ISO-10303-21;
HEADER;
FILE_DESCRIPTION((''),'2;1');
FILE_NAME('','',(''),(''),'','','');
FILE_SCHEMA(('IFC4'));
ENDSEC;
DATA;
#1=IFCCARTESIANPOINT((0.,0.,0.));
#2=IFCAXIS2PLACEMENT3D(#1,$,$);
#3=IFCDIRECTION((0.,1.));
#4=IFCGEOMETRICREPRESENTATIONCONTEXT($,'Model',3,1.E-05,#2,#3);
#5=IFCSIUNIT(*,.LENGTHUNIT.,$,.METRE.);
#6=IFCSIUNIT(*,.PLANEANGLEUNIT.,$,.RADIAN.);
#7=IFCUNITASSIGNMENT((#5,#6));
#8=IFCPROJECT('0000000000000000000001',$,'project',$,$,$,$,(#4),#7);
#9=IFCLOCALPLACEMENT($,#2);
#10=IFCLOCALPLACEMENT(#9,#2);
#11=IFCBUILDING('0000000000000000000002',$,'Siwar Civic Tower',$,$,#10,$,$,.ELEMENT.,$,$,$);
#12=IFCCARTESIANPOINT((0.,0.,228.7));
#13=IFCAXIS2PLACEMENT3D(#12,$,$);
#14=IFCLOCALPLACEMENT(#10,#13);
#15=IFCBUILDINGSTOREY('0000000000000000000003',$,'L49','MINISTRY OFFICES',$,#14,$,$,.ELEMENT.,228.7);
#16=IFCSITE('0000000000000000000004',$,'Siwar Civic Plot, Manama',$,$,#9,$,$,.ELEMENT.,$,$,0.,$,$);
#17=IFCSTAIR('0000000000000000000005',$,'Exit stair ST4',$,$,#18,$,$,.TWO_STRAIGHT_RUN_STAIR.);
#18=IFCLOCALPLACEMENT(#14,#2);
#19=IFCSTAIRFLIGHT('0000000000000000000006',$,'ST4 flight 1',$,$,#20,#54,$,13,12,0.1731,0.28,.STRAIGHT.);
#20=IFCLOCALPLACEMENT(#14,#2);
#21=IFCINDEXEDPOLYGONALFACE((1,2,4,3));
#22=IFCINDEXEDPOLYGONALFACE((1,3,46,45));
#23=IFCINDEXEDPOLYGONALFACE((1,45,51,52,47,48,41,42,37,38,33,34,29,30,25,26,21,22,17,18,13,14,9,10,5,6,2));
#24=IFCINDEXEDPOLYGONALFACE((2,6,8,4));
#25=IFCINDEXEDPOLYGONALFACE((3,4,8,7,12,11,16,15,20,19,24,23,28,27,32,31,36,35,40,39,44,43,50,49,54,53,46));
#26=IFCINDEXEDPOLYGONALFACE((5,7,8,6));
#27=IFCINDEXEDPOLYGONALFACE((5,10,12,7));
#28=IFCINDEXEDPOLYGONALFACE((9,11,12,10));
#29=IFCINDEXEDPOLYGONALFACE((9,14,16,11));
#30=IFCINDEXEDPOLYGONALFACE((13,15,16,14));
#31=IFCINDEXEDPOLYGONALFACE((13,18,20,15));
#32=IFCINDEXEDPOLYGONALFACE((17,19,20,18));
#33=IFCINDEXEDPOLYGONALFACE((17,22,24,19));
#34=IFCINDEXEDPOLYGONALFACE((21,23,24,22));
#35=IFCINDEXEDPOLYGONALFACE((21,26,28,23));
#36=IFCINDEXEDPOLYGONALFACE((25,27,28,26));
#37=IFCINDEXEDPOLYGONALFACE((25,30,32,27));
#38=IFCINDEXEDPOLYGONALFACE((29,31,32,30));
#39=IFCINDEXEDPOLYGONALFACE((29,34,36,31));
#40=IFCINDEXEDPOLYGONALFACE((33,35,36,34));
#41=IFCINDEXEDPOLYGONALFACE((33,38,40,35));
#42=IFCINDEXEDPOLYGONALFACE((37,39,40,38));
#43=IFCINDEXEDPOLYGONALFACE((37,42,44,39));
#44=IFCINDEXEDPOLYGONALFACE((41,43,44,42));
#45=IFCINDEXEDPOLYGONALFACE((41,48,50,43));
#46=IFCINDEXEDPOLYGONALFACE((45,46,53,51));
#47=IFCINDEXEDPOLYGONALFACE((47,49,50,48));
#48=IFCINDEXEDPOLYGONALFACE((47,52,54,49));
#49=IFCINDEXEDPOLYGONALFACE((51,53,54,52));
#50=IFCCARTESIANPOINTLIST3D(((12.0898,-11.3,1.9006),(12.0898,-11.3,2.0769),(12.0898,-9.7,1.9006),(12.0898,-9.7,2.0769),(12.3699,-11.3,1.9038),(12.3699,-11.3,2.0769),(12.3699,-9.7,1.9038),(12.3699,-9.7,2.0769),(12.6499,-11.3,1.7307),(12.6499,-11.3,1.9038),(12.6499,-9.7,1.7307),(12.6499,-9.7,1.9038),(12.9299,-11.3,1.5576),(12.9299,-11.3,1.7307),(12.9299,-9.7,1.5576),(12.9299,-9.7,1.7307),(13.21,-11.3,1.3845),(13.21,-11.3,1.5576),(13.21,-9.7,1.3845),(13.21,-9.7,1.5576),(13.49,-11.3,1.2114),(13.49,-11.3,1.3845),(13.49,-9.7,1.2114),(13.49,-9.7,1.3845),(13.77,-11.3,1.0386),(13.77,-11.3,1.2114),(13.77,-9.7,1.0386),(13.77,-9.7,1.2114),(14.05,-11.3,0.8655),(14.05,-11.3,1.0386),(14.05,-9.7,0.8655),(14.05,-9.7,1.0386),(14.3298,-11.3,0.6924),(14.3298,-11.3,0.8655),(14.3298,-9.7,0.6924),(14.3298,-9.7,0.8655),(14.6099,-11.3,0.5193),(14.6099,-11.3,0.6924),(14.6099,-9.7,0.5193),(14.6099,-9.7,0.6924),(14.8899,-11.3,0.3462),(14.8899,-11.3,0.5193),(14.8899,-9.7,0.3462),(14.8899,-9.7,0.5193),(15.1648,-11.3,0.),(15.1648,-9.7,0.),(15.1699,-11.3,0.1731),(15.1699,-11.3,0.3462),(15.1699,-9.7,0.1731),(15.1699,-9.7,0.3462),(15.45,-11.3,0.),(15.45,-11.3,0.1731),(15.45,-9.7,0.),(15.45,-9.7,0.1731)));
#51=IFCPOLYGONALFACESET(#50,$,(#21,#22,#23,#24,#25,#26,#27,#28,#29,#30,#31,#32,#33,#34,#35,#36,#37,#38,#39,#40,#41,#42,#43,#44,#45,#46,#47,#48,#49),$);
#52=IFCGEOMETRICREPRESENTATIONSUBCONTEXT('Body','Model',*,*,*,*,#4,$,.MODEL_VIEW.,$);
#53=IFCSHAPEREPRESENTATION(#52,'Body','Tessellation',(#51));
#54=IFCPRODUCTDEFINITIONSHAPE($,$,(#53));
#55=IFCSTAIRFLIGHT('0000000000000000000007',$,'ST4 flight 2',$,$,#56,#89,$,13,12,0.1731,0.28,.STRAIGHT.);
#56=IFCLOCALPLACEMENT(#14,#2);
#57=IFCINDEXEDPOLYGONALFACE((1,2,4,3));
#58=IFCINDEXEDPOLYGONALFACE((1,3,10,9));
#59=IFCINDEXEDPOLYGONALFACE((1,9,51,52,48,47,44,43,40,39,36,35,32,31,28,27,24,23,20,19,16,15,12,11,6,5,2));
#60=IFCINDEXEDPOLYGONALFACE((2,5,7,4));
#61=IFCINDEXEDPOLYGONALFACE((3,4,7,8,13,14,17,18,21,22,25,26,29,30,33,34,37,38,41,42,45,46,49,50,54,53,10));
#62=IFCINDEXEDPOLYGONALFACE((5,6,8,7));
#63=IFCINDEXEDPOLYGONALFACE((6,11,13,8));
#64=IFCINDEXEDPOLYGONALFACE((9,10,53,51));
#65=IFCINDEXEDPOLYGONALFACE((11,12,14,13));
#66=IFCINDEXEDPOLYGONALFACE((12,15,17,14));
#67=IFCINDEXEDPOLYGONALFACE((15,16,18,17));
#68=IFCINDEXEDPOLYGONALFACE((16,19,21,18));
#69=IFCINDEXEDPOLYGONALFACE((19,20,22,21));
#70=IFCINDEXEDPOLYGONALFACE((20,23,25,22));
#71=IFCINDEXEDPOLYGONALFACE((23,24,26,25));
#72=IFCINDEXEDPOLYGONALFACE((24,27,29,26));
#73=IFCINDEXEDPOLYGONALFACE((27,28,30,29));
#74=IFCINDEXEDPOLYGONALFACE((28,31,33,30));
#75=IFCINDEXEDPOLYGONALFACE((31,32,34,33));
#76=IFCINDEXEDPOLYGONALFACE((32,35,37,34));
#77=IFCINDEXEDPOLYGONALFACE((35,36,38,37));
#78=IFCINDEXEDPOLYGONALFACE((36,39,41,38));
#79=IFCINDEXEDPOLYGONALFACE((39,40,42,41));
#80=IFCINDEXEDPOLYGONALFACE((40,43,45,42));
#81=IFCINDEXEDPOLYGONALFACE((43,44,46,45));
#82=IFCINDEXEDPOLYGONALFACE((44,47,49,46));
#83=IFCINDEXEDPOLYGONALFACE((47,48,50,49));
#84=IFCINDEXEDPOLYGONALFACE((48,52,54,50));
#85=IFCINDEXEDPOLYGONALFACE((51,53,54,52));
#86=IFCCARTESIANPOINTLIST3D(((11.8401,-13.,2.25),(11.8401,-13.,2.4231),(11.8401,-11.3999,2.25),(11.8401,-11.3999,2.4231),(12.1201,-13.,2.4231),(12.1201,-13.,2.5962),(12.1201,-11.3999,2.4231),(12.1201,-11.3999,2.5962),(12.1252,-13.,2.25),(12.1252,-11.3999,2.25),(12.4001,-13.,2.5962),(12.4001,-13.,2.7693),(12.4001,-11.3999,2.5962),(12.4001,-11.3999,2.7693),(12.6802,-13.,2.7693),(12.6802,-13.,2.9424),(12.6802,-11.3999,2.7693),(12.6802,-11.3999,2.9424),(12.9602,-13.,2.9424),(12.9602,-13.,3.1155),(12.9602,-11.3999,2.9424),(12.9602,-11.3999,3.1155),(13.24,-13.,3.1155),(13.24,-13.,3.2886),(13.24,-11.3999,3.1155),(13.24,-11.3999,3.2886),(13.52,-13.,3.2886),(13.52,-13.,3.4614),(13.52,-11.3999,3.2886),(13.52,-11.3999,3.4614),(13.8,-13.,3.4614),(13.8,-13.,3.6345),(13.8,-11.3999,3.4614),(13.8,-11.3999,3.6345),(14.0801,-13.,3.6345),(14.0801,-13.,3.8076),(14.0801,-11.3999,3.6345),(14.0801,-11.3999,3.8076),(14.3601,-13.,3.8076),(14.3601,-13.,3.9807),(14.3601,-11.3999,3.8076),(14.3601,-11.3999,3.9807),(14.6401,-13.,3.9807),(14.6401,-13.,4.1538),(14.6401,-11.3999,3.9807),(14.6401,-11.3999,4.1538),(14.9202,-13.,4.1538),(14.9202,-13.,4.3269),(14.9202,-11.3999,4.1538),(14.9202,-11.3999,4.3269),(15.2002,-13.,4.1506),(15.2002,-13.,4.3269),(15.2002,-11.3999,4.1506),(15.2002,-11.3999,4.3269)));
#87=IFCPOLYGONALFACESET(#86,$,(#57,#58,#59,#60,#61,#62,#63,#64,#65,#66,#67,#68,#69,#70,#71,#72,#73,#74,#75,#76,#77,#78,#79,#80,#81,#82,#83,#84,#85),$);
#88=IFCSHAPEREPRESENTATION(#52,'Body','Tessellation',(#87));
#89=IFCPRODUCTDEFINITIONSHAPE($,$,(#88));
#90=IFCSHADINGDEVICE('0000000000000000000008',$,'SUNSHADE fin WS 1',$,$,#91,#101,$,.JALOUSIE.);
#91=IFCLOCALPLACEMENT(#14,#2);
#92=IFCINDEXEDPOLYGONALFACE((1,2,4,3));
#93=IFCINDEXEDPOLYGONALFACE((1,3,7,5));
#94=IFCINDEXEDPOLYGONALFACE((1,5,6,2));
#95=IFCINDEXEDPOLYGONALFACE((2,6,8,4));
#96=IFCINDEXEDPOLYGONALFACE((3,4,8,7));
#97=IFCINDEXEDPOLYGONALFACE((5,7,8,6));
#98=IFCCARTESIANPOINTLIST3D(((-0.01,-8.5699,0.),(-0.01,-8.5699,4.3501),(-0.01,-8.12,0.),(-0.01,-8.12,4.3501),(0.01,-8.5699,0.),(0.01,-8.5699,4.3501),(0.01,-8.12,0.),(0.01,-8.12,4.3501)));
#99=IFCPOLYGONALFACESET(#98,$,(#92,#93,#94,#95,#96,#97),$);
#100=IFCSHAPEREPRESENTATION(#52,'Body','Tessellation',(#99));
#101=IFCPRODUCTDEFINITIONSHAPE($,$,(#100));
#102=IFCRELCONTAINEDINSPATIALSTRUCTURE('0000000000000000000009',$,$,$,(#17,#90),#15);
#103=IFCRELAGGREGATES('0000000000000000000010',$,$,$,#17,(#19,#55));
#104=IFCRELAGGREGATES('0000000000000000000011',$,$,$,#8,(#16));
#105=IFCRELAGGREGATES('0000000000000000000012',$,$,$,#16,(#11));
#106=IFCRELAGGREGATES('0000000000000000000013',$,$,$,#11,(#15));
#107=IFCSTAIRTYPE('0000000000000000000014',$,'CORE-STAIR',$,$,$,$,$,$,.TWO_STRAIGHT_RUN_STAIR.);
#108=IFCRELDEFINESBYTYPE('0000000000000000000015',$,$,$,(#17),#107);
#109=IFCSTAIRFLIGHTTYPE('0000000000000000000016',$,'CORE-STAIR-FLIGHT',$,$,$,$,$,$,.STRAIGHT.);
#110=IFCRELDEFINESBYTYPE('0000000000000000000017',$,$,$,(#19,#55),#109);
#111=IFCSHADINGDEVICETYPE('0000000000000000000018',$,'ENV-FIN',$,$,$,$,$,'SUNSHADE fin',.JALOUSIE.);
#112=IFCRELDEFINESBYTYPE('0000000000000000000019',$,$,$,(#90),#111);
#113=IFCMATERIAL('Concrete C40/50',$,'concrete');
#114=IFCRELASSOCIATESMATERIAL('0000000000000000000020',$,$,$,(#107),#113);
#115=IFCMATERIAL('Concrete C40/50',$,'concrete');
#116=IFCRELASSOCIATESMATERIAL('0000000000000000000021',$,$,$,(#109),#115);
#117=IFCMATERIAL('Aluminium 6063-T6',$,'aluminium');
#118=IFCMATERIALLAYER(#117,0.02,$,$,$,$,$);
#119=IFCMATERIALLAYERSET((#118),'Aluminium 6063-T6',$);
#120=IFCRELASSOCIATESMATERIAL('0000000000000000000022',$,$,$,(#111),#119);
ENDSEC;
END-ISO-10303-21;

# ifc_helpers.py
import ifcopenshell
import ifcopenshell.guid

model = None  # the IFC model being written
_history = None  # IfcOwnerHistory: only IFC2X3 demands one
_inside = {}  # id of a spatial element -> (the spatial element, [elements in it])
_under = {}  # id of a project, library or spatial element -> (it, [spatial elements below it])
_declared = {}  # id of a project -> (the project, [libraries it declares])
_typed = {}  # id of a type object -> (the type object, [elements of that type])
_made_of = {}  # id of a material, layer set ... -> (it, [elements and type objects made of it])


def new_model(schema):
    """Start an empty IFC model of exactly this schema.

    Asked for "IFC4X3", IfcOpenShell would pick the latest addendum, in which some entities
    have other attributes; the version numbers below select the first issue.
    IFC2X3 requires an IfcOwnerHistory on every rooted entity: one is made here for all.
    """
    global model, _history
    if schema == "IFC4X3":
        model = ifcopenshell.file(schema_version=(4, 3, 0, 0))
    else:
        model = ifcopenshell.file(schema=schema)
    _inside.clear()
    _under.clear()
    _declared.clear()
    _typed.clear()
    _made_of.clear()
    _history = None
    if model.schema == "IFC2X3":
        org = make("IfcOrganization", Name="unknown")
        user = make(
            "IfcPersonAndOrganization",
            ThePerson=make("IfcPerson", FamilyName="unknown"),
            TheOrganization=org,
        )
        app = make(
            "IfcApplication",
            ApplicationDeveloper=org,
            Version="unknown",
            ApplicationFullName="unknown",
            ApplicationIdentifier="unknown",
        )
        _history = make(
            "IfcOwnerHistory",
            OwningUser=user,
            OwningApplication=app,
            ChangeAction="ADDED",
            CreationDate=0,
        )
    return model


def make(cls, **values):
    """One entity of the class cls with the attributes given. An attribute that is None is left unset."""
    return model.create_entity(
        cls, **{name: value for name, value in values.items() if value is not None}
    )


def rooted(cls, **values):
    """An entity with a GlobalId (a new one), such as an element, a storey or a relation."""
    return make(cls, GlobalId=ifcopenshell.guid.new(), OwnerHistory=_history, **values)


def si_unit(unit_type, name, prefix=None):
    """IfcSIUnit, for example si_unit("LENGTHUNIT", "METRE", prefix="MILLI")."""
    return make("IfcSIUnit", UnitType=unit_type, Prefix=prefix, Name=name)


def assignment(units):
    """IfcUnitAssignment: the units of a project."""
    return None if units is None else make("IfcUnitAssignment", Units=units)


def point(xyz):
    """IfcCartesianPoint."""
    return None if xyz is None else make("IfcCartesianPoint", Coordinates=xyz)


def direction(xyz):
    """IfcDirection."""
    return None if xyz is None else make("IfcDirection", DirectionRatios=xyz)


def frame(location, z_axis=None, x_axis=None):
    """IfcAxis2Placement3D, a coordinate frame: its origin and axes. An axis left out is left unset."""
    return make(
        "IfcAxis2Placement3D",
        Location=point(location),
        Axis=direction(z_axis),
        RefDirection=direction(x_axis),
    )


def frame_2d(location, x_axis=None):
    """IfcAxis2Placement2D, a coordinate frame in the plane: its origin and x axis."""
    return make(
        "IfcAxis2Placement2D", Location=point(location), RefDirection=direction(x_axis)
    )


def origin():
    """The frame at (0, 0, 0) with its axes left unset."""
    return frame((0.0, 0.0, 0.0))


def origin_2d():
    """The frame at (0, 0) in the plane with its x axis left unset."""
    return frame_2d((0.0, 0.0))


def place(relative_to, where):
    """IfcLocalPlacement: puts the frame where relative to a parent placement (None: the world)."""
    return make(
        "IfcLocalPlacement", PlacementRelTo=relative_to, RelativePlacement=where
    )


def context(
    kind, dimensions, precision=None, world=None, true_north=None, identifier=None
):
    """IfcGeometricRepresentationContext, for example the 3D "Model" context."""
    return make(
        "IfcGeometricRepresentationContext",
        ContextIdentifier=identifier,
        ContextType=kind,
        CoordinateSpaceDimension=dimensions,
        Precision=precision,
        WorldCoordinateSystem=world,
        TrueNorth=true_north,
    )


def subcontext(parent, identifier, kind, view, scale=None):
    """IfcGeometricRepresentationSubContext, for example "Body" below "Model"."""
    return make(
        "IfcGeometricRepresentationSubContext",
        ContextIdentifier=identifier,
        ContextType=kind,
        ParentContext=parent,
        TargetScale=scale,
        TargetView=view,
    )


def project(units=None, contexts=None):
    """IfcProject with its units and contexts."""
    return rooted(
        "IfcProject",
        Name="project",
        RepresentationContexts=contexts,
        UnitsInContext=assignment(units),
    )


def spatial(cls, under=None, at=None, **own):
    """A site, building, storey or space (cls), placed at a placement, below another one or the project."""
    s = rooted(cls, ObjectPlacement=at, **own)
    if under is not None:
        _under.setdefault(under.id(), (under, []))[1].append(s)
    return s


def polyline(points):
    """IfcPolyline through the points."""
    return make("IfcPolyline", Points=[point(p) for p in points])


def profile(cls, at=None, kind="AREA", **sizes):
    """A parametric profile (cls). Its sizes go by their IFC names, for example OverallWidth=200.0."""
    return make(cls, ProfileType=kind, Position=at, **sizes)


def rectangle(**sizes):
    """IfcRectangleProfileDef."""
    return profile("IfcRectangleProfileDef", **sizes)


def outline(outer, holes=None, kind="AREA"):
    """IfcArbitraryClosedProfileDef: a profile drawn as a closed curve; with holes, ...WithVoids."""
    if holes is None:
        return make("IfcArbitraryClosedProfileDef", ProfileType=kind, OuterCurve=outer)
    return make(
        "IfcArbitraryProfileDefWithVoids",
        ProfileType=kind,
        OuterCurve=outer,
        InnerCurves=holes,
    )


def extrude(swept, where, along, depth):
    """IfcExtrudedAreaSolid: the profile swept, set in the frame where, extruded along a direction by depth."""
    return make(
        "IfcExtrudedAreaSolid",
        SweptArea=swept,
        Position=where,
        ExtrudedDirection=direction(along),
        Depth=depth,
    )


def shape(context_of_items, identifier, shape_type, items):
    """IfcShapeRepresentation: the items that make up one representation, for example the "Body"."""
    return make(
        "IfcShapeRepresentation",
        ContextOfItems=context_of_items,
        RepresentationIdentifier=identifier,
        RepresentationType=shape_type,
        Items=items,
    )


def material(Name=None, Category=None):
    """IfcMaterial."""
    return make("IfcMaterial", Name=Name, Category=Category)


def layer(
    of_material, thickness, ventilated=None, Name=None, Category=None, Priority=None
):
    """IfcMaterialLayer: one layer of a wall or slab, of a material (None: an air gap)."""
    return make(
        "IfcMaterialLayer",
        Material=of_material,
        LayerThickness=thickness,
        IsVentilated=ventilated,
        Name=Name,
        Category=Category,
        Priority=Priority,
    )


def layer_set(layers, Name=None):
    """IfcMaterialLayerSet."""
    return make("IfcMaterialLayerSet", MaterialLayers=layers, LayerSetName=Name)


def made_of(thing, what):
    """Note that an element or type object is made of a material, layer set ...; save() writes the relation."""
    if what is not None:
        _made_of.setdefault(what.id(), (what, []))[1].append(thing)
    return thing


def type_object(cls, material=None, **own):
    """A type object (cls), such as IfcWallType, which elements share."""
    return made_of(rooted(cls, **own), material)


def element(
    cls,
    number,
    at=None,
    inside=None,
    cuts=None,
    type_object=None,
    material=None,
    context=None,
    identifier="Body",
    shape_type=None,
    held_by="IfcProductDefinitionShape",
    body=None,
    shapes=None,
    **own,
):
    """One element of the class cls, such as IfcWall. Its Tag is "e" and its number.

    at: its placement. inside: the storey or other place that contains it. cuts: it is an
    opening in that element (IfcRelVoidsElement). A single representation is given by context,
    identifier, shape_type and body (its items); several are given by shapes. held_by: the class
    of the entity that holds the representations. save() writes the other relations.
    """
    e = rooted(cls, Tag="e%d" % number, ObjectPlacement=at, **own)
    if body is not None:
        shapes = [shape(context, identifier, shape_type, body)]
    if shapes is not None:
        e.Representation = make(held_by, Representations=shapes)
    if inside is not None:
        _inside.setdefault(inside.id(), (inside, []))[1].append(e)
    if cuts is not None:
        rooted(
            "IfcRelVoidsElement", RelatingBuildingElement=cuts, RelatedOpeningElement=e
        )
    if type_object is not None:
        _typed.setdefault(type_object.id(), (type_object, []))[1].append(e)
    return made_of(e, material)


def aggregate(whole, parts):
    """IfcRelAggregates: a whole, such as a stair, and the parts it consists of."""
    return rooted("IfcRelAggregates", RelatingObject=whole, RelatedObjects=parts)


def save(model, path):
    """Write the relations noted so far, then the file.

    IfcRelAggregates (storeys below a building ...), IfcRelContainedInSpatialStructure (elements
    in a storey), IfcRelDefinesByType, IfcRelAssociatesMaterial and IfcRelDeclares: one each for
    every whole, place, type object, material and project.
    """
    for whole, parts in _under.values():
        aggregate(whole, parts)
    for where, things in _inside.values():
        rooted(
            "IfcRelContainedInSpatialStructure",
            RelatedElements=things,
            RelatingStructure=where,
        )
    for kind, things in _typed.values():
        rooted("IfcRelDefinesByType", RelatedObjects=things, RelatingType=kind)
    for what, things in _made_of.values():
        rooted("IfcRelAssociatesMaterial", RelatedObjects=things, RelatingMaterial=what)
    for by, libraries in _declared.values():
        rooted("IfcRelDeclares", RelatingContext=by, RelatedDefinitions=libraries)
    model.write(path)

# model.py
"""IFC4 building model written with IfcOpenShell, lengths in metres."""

from ifc_helpers import new_model, si_unit, direction, frame, origin, origin_2d, place, context, subcontext, project, spatial, polyline, rectangle, outline, extrude, material, layer, layer_set, type_object, element, aggregate, save


model = new_model("IFC4")

# Units and contexts
model_context = context("Model", 3, precision=1e-05, world=origin(), true_north=direction((0.0, 1.0)))
body_context = subcontext(model_context, "Body", "Model", "MODEL_VIEW")
ifc_project = project(units=[si_unit("LENGTHUNIT", "METRE"), si_unit("PLANEANGLEUNIT", "RADIAN")], contexts=[model_context])

# Site, building, storey
site_placement = place(None, origin())
site = spatial("IfcSite", under=ifc_project, at=site_placement, Name="Siwar Civic Plot, Manama", CompositionType="ELEMENT", RefElevation=0.0)
building_placement = place(site_placement, origin())
building = spatial("IfcBuilding", under=site, at=building_placement, Name="Siwar Civic Tower", CompositionType="ELEMENT")
storey_placement = place(building_placement, frame((0.0, 0.0, 228.7)))
storey = spatial("IfcBuildingStorey", under=building, at=storey_placement, Name="L49", Description="MINISTRY OFFICES", CompositionType="ELEMENT", Elevation=228.7)

# Shared definitions
ifc_material_1 = material(Name="Concrete C40/50", Category="concrete")
stair_type = type_object("IfcStairType", Name="CORE-STAIR", PredefinedType="TWO_STRAIGHT_RUN_STAIR", material=ifc_material_1)

# Stair, stair flights
stair_1_placement = place(storey_placement, origin())
stair_1 = element("IfcStair", 1, at=stair_1_placement, inside=storey, type_object=stair_type, Name="Exit stair ST4", PredefinedType="TWO_STRAIGHT_RUN_STAIR")
ifc_material_2 = material(Name="Concrete C40/50", Category="concrete")
stair_flight_type = type_object("IfcStairFlightType", Name="CORE-STAIR-FLIGHT", PredefinedType="STRAIGHT", material=ifc_material_2)
stair_flight_1_placement = place(storey_placement, frame((15.45, -10.5, 0.0), z_axis=(0.0, 0.0, 1.0), x_axis=(-1.0, 0.0, 0.0)))
stair_flight_1 = element("IfcStairFlight", 2, at=stair_flight_1_placement, type_object=stair_flight_type, Name="ST4 flight 1", NumberOfRisers=13, NumberOfTreads=12, PredefinedType="STRAIGHT", RiserHeight=0.1731, TreadLength=0.28, context=body_context, shape_type="SweptSolid", body=[
    extrude(outline(polyline([(0.0, 0.0), (0.0, 0.1731), (0.28, 0.1731), (0.28, 0.3462), (0.5601, 0.3462), (0.5601, 0.5193), (0.8401, 0.5193), (0.8401, 0.6924), (1.1201, 0.6924), (1.1201, 0.8655), (1.3999, 0.8655), (1.3999, 1.0386), (1.6799, 1.0386), (1.6799, 1.2114), (1.96, 1.2114), (1.96, 1.3845), (2.24, 1.3845), (2.24, 1.5576), (2.52, 1.5576), (2.52, 1.7307), (2.8, 1.7307), (2.8, 1.9038), (3.0801, 1.9038), (3.0801, 2.0769), (3.3601, 2.0769), (3.3601, 2.25), (3.3601, 1.9006), (0.2852, 0.0), (0.0, 0.0)])), frame((0.0, 0.8, 0.0), z_axis=(0.0, -1.0, 0.0), x_axis=(1.0, 0.0, 0.0)), (0.0, 0.0, 1.0), 1.6001),
])
stair_flight_2_placement = place(storey_placement, frame((11.8401, -12.2, 2.25), z_axis=(0.0, 0.0, 1.0), x_axis=(1.0, 0.0, 0.0)))
stair_flight_2 = element("IfcStairFlight", 3, at=stair_flight_2_placement, type_object=stair_flight_type, Name="ST4 flight 2", NumberOfRisers=13, NumberOfTreads=12, PredefinedType="STRAIGHT", RiserHeight=0.1731, TreadLength=0.28, context=body_context, shape_type="SweptSolid", body=[
    extrude(outline(polyline([(0.0, 0.0), (0.0, 0.1731), (0.28, 0.1731), (0.28, 0.3462), (0.5601, 0.3462), (0.5601, 0.5193), (0.8401, 0.5193), (0.8401, 0.6924), (1.1201, 0.6924), (1.1201, 0.8655), (1.3999, 0.8655), (1.3999, 1.0386), (1.6799, 1.0386), (1.6799, 1.2114), (1.96, 1.2114), (1.96, 1.3845), (2.24, 1.3845), (2.24, 1.5576), (2.52, 1.5576), (2.52, 1.7307), (2.8, 1.7307), (2.8, 1.9038), (3.0801, 1.9038), (3.0801, 2.0769), (3.3601, 2.0769), (3.3601, 2.25), (3.3601, 1.9006), (0.2852, 0.0), (0.0, 0.0)])), frame((0.0, 0.8, 0.0), z_axis=(0.0, -1.0, 0.0), x_axis=(1.0, 0.0, 0.0)), (0.0, 0.0, 1.0), 1.6001),
])
aggregate(stair_1, [stair_flight_1, stair_flight_2])

# Shading device
ifc_material_3 = material(Name="Aluminium 6063-T6", Category="aluminium")
ifc_layer_1 = layer(ifc_material_3, 0.02)
ifc_layer_set_1 = layer_set([ifc_layer_1], Name="Aluminium 6063-T6")
shading_device_type = type_object("IfcShadingDeviceType", Name="ENV-FIN", ElementType="SUNSHADE fin", PredefinedType="JALOUSIE", material=ifc_layer_set_1)
shading_device_placement = place(storey_placement, frame((0.0, -8.345, 0.0), z_axis=(0.0, 0.0, 1.0), x_axis=(1.0, 0.0, 0.0)))
element("IfcShadingDevice", 4, at=shading_device_placement, inside=storey, type_object=shading_device_type, Name="SUNSHADE fin WS 1", PredefinedType="JALOUSIE", context=body_context, shape_type="SweptSolid", body=[
    extrude(rectangle(XDim=0.02, YDim=0.45, at=origin_2d()), origin(), (0.0, 0.0, 1.0), 4.3501),
])

save(model, "model.ifc")
